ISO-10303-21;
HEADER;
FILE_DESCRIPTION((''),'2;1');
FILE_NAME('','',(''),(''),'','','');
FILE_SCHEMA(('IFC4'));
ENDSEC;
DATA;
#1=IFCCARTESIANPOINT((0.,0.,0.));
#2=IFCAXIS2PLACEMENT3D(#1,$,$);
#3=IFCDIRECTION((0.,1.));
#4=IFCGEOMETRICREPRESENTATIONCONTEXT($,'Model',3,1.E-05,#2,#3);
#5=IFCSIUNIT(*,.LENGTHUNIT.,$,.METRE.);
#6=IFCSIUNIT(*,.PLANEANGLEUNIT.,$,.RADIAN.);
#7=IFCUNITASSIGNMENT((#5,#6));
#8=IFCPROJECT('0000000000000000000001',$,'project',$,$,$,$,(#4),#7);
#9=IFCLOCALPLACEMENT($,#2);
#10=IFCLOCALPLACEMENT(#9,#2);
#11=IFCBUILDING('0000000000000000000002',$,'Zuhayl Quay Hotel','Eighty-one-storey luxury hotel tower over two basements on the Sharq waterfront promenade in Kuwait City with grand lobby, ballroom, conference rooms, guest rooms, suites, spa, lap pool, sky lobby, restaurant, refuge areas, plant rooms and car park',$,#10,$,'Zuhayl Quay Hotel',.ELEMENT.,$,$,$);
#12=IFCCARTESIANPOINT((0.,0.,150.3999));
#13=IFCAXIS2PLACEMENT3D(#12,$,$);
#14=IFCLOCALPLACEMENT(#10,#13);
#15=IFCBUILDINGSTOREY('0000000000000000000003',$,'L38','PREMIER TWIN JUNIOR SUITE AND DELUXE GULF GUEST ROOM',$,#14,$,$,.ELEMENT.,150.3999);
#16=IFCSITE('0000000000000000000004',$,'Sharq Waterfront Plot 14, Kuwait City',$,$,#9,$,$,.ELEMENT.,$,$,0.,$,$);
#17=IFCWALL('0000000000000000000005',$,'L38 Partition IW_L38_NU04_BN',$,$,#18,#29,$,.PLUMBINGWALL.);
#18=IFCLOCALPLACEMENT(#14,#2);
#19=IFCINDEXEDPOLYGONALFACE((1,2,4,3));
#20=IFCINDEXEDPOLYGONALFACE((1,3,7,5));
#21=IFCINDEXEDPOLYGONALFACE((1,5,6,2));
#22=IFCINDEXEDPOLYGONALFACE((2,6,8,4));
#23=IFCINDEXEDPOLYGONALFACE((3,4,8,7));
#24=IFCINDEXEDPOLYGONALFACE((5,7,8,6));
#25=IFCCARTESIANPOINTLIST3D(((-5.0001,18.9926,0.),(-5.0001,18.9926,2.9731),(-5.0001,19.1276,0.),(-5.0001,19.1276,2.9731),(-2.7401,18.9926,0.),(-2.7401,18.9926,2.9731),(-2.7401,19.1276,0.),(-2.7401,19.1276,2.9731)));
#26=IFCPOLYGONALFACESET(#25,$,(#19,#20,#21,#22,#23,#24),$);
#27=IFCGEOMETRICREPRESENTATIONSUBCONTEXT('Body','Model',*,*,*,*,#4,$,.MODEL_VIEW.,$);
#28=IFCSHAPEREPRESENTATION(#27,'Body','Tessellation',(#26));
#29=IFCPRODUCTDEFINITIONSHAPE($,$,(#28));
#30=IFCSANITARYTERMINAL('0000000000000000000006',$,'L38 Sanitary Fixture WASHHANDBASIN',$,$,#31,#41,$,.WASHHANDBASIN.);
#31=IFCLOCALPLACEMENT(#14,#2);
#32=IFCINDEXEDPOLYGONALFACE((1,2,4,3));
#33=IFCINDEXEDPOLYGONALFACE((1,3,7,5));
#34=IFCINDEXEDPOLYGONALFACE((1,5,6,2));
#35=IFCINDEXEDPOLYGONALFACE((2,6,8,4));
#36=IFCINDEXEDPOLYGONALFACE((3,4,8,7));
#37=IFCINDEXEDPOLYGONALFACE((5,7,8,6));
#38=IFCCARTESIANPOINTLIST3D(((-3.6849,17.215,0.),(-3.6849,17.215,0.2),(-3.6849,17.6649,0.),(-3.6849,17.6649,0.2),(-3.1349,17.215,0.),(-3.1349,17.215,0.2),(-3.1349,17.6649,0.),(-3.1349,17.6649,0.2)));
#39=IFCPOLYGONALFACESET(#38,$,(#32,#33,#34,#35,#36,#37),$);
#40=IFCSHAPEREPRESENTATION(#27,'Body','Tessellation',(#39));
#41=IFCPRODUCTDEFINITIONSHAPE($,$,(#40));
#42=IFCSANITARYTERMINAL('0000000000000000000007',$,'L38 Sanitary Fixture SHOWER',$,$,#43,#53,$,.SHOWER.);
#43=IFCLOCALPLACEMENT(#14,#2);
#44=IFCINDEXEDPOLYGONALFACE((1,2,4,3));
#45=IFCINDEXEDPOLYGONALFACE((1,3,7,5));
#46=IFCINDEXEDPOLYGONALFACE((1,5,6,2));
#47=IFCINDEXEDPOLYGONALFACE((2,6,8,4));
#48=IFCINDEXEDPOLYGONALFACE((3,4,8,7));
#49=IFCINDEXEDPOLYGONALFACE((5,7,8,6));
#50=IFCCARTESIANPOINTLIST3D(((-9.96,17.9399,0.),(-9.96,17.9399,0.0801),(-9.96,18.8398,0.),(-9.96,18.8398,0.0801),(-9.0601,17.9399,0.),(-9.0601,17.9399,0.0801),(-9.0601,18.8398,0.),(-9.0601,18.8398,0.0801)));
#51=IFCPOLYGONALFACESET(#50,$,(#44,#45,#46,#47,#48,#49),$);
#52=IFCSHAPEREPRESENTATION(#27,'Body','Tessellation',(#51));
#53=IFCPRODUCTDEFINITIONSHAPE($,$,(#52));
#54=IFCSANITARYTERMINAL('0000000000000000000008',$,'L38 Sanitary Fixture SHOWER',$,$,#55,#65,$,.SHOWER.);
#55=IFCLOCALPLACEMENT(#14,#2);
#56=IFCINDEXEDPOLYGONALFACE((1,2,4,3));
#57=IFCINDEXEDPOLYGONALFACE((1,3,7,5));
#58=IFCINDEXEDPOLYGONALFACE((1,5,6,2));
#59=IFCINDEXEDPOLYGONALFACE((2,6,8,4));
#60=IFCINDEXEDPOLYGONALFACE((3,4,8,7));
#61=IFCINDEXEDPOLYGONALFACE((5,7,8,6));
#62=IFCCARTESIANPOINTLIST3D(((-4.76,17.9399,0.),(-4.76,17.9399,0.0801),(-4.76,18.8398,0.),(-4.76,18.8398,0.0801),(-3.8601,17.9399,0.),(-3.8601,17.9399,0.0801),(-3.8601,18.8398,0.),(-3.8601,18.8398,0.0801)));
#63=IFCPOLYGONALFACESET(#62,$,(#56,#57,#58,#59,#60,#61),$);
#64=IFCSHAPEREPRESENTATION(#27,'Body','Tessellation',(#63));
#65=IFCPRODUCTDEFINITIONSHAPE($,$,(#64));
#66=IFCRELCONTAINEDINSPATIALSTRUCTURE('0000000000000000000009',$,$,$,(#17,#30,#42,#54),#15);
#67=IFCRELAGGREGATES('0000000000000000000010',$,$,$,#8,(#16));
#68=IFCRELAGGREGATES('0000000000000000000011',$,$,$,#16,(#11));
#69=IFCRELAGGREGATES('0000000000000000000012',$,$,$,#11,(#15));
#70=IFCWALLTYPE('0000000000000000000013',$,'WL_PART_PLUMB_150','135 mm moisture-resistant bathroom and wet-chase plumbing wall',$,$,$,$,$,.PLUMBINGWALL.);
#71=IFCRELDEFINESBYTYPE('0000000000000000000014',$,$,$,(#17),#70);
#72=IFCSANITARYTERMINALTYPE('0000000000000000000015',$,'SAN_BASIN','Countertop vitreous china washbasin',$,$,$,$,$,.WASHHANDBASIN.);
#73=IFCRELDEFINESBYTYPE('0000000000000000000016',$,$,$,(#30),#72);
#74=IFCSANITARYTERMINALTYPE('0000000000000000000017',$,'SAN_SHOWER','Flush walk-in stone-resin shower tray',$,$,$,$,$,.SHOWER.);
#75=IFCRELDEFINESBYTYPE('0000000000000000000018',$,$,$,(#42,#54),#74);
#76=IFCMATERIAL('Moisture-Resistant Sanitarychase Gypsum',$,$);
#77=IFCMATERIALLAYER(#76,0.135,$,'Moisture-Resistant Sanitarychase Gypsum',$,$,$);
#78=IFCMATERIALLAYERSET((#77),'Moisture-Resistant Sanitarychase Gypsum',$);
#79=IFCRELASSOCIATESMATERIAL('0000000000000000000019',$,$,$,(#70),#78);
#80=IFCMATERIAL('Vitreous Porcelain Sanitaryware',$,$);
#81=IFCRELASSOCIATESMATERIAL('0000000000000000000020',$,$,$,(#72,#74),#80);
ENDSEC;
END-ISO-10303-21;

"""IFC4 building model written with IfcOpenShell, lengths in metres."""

from ifc_helpers import new_model, si_unit, direction, frame, frame_2d, origin, origin_2d, place, context, subcontext, project, spatial, rectangle, extrude, material, layer, layer_set, type_object, element, save


model = new_model("IFC4")

# Units and contexts
model_context = context("Model", 3, precision=1e-05, world=origin(), true_north=direction((0.0, 1.0)))
body_context = subcontext(model_context, "Body", "Model", "MODEL_VIEW")
ifc_project = project(units=[si_unit("LENGTHUNIT", "METRE"), si_unit("PLANEANGLEUNIT", "RADIAN")], contexts=[model_context])

# Site, building, storey
site_placement = place(None, origin())
site = spatial("IfcSite", under=ifc_project, at=site_placement, Name="Sharq Waterfront Plot 14, Kuwait City", CompositionType="ELEMENT", RefElevation=0.0)
building_placement = place(site_placement, origin())
building = spatial("IfcBuilding", under=site, at=building_placement, Name="Zuhayl Quay Hotel", Description="Eighty-one-storey luxury hotel tower over two basements on the Sharq waterfront promenade in Kuwait City with grand lobby, ballroom, conference rooms, guest rooms, suites, spa, lap pool, sky lobby, restaurant, refuge areas, plant rooms and car park", LongName="Zuhayl Quay Hotel", CompositionType="ELEMENT")
storey_placement = place(building_placement, frame((0.0, 0.0, 150.3999)))
storey = spatial("IfcBuildingStorey", under=building, at=storey_placement, Name="L38", Description="PREMIER TWIN JUNIOR SUITE AND DELUXE GULF GUEST ROOM", CompositionType="ELEMENT", Elevation=150.3999)

# Wall
ifc_material_1 = material(Name="Moisture-Resistant Sanitarychase Gypsum")
ifc_layer_1 = layer(ifc_material_1, 0.135, Name="Moisture-Resistant Sanitarychase Gypsum")
ifc_layer_set_1 = layer_set([ifc_layer_1], Name="Moisture-Resistant Sanitarychase Gypsum")
wall_type_1 = type_object("IfcWallType", Name="WL_PART_PLUMB_150", Description="135 mm moisture-resistant bathroom and wet-chase plumbing wall", PredefinedType="PLUMBINGWALL", material=ifc_layer_set_1)
for number, where, z_axis, x_axis, name in (
    (1, (-5.0, 19.0601, 0.0), (0.0, 0.0, 1.0), (1.0, 0.0, 0.0), "L38 Partition IW_L38_NU04_BN"),
):
    element("IfcWall", number, at=place(storey_placement, frame(where, z_axis=z_axis, x_axis=x_axis)), inside=storey, type_object=wall_type_1, Name=name, PredefinedType="PLUMBINGWALL", context=body_context, shape_type="SweptSolid", body=[
        extrude(rectangle(XDim=2.26, YDim=0.135, at=frame_2d((1.1299, 0.0))), origin(), (0.0, 0.0, 1.0), 2.9731),
    ])

# Sanitary terminals
ifc_material_2 = material(Name="Vitreous Porcelain Sanitaryware")
sanitary_terminal_type_1 = type_object("IfcSanitaryTerminalType", Name="SAN_BASIN", Description="Countertop vitreous china washbasin", PredefinedType="WASHHANDBASIN", material=ifc_material_2)
sanitary_terminal_placement = place(storey_placement, frame((-3.4099, 17.4399, 0.0), z_axis=(0.0, 0.0, 1.0), x_axis=(1.0, 0.0, 0.0)))
element("IfcSanitaryTerminal", 2, at=sanitary_terminal_placement, inside=storey, type_object=sanitary_terminal_type_1, Name="L38 Sanitary Fixture WASHHANDBASIN", PredefinedType="WASHHANDBASIN", context=body_context, shape_type="SweptSolid", body=[
    extrude(rectangle(XDim=0.55, YDim=0.45, at=origin_2d()), origin(), (0.0, 0.0, 1.0), 0.2),
])
sanitary_terminal_type_2 = type_object("IfcSanitaryTerminalType", Name="SAN_SHOWER", Description="Flush walk-in stone-resin shower tray", PredefinedType="SHOWER", material=ifc_material_2)
for number, where, z_axis, x_axis, name in (
    (3, (-9.51, 18.3899, 0.0), (0.0, 0.0, 1.0), (1.0, 0.0, 0.0), "L38 Sanitary Fixture SHOWER"),
    (4, (-4.3101, 18.3899, 0.0), (0.0, 0.0, 1.0), (1.0, 0.0, 0.0), "L38 Sanitary Fixture SHOWER"),
):
    element("IfcSanitaryTerminal", number, at=place(storey_placement, frame(where, z_axis=z_axis, x_axis=x_axis)), inside=storey, type_object=sanitary_terminal_type_2, Name=name, PredefinedType="SHOWER", context=body_context, shape_type="SweptSolid", body=[
        extrude(rectangle(XDim=0.8999, YDim=0.8999, at=origin_2d()), origin(), (0.0, 0.0, 1.0), 0.0801),
    ])

save(model, "model.ifc")
